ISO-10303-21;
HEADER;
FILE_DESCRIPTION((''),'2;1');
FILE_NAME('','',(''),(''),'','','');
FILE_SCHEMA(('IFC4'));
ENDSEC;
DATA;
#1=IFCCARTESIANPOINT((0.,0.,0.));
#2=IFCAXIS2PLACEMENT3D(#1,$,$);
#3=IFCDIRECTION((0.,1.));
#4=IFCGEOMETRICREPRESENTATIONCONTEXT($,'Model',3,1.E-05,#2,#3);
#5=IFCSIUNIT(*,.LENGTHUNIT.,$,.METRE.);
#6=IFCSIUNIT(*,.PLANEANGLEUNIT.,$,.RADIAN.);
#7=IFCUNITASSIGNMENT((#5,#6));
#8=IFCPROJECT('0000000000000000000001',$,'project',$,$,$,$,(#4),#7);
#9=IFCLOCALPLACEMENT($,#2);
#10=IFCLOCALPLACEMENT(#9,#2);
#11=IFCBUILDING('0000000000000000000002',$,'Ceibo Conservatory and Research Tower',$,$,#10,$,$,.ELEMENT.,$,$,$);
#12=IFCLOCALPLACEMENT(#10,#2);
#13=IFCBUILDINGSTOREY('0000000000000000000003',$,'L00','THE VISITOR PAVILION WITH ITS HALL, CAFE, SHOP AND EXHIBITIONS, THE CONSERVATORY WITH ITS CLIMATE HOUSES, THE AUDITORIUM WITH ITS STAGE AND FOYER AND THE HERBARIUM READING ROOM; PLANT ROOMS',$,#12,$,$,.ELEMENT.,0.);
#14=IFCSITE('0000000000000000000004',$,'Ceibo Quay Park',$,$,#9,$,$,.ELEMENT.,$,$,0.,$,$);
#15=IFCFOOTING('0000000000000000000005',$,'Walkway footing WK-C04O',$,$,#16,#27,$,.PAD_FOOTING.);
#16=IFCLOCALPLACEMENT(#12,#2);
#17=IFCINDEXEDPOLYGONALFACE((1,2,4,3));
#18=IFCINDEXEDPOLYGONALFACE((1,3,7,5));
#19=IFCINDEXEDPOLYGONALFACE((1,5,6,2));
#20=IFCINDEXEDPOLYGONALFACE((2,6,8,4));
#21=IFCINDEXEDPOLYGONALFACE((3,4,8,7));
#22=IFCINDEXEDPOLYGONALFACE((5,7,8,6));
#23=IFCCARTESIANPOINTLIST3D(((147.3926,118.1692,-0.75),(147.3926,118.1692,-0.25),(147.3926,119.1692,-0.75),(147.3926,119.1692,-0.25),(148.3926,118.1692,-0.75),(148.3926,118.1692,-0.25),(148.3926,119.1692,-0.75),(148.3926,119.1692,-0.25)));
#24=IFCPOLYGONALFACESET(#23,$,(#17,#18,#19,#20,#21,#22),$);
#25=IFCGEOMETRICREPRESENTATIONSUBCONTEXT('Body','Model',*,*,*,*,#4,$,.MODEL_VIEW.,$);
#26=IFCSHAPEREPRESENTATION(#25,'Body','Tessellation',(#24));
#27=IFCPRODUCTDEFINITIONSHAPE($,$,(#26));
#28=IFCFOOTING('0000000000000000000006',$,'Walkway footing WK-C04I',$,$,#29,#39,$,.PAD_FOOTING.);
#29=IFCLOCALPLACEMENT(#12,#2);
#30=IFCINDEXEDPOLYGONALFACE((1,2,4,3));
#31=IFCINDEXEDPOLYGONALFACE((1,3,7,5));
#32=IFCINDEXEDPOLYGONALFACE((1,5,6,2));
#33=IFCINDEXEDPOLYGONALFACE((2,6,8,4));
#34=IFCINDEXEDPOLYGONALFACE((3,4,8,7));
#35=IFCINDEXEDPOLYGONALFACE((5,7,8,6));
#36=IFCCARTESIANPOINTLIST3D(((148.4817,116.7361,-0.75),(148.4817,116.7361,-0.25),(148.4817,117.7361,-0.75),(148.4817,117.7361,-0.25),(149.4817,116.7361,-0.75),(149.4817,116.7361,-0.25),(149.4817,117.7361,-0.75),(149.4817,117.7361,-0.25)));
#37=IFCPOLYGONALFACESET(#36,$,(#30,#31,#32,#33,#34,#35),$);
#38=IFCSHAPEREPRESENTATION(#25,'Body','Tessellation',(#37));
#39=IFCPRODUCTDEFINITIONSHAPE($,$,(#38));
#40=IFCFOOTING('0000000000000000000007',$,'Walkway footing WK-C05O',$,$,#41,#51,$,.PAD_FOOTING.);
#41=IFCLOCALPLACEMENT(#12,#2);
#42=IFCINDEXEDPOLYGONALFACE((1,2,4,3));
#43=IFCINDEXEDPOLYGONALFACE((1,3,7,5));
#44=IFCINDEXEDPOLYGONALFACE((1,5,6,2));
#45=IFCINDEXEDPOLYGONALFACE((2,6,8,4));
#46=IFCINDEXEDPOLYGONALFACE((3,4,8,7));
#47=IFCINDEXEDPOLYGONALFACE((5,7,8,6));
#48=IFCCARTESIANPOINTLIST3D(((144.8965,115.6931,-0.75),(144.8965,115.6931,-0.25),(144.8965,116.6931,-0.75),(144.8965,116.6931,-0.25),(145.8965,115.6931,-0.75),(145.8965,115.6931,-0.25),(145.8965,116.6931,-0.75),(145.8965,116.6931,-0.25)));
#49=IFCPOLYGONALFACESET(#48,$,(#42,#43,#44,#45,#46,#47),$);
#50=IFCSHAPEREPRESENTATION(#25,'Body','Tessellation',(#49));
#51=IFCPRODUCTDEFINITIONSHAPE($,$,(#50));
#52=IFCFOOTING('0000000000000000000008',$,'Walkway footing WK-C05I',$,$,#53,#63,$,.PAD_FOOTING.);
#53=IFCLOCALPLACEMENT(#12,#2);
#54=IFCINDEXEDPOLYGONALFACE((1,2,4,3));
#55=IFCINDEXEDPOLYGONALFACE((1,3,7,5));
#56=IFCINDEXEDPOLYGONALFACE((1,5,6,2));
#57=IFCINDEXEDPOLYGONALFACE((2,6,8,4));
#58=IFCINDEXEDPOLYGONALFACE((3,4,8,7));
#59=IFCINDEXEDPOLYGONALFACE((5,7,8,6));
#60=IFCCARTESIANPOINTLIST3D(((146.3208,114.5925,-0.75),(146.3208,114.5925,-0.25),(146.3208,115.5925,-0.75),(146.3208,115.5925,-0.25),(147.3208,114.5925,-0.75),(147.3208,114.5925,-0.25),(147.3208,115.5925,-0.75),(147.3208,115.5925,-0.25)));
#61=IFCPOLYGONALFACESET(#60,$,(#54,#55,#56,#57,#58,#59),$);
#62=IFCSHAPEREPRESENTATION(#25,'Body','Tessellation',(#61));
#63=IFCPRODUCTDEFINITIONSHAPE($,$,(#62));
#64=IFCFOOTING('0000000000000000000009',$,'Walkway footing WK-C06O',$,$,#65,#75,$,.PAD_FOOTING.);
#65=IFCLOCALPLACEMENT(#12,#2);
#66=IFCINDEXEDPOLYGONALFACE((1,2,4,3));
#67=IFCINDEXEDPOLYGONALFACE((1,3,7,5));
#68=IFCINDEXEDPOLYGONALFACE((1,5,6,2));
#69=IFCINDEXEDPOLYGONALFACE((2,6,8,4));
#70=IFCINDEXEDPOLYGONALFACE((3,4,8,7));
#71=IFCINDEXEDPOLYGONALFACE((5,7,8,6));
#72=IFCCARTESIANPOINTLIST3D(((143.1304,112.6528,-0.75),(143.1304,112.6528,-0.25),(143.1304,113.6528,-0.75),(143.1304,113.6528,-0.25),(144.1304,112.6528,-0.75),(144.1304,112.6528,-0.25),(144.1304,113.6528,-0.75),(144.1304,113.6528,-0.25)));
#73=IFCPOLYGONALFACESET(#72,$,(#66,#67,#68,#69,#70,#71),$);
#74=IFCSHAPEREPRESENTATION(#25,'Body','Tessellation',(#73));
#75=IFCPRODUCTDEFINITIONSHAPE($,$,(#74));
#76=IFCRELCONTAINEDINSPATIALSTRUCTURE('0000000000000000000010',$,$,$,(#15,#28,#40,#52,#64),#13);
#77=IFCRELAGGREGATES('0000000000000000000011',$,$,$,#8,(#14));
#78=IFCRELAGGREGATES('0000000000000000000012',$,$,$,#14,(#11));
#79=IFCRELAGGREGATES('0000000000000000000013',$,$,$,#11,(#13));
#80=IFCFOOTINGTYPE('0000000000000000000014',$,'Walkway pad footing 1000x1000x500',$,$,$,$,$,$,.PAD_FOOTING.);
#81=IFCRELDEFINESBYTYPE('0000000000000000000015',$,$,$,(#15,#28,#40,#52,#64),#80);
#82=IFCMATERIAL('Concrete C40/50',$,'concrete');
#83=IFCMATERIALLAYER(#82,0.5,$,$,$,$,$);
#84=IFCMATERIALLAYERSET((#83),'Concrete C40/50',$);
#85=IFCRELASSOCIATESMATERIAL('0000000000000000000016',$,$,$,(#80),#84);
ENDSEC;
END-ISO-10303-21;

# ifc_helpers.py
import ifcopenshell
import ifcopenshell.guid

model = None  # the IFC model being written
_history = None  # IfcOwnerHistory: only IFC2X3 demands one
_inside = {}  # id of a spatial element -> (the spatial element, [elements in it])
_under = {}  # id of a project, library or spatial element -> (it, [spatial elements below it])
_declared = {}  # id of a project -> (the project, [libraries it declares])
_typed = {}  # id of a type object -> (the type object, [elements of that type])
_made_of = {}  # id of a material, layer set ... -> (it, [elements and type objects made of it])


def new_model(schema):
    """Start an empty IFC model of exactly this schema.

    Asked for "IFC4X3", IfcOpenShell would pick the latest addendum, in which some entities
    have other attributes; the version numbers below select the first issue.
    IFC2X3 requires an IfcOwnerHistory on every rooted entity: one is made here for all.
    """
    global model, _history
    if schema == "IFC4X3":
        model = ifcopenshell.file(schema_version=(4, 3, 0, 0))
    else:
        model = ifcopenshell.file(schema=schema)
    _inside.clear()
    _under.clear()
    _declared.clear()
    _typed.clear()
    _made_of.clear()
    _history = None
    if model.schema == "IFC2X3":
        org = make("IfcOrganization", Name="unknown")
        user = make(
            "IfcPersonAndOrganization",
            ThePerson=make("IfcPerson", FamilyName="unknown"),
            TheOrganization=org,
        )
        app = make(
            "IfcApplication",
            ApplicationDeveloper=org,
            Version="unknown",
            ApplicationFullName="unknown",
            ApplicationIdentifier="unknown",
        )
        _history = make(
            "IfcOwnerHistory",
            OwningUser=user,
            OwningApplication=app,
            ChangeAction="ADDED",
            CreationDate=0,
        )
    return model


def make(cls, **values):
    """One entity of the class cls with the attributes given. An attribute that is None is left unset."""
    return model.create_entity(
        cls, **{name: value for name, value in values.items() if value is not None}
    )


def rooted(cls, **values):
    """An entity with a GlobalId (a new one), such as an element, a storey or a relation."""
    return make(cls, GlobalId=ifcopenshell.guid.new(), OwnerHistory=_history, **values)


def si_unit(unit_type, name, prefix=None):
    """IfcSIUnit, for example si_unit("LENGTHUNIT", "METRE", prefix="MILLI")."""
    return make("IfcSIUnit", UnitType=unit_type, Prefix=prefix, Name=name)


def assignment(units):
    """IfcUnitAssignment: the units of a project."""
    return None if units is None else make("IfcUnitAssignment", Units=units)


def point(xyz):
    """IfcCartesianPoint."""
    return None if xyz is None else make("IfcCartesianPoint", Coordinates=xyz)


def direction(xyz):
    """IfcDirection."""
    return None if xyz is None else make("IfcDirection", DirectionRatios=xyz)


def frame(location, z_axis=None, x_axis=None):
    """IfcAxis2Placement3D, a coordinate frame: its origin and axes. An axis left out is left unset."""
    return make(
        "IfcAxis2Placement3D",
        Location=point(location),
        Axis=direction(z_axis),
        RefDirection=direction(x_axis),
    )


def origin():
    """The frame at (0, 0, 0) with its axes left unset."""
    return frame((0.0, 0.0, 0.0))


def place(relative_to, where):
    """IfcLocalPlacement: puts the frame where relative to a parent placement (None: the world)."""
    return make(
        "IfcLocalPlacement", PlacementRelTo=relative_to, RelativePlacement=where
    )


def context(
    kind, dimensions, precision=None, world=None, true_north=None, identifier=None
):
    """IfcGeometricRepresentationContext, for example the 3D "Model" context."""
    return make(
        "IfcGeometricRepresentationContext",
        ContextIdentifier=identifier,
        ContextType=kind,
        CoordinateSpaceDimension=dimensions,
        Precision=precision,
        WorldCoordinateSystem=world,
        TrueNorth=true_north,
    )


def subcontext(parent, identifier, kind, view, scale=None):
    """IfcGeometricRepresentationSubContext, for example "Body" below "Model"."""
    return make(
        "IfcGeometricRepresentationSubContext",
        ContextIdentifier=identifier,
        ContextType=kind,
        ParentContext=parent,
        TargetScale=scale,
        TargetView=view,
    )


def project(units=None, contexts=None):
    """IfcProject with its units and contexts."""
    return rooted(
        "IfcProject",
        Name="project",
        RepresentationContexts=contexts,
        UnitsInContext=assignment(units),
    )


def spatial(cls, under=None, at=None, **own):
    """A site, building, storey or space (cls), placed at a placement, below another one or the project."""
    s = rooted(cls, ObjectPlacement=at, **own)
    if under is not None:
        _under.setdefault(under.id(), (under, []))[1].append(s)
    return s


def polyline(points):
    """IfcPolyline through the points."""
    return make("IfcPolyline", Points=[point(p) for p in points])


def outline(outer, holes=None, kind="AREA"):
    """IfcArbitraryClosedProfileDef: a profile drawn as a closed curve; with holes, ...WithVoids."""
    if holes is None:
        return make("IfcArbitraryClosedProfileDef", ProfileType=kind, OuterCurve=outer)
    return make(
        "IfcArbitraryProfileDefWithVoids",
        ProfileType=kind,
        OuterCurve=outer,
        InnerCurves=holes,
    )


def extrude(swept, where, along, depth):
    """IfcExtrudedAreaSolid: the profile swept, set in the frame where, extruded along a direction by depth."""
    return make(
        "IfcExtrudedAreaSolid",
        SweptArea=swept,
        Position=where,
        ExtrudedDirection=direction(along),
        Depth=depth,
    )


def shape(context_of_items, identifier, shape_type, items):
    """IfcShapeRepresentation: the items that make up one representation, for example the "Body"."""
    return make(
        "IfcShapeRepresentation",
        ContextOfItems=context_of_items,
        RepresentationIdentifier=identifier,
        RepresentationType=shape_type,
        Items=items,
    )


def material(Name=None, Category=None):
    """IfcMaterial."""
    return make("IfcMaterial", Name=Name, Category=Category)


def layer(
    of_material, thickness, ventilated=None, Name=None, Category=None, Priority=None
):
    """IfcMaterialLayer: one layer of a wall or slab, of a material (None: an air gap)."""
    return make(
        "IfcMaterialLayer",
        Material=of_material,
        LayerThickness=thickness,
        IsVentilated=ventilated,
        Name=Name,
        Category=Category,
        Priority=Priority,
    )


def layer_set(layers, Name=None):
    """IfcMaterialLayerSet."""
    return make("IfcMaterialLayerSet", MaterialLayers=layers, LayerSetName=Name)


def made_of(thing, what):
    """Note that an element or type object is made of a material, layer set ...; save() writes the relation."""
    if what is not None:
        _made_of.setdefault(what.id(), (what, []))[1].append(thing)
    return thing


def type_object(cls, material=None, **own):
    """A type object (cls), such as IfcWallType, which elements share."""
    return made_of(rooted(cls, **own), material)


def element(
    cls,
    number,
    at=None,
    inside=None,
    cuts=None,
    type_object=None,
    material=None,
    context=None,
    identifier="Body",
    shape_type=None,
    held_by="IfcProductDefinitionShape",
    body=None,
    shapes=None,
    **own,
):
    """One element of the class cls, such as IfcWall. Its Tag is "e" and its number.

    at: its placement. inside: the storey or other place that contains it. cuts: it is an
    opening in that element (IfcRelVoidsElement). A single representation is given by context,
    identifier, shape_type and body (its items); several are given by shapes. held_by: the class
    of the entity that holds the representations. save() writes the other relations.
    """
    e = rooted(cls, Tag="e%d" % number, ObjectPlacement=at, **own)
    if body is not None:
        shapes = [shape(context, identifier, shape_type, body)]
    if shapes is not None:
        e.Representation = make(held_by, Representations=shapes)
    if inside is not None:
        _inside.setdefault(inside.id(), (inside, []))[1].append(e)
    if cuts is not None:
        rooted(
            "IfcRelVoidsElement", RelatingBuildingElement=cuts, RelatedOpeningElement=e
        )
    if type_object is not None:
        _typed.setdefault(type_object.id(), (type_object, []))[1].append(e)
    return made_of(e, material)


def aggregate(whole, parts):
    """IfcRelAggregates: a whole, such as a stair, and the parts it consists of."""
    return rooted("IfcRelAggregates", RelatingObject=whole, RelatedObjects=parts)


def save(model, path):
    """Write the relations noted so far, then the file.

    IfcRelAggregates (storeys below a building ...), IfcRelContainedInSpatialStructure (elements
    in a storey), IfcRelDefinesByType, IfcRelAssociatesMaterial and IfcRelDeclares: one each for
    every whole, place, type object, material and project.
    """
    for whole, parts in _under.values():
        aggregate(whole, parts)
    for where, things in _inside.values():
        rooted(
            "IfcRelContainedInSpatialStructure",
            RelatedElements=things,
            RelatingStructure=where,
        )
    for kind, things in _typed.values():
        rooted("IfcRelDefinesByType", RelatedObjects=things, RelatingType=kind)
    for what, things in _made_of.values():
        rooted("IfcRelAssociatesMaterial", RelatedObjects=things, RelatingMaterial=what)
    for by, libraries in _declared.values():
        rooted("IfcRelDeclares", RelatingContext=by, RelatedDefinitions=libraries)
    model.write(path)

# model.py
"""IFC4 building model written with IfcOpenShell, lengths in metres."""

from ifc_helpers import new_model, si_unit, direction, frame, origin, place, context, subcontext, project, spatial, polyline, outline, extrude, material, layer, layer_set, type_object, element, save


model = new_model("IFC4")

# Units and contexts
model_context = context("Model", 3, precision=1e-05, world=origin(), true_north=direction((0.0, 1.0)))
body_context = subcontext(model_context, "Body", "Model", "MODEL_VIEW")
ifc_project = project(units=[si_unit("LENGTHUNIT", "METRE"), si_unit("PLANEANGLEUNIT", "RADIAN")], contexts=[model_context])

# Site, building, storey
site_placement = place(None, origin())
site = spatial("IfcSite", under=ifc_project, at=site_placement, Name="Ceibo Quay Park", CompositionType="ELEMENT", RefElevation=0.0)
building_placement = place(site_placement, origin())
building = spatial("IfcBuilding", under=site, at=building_placement, Name="Ceibo Conservatory and Research Tower", CompositionType="ELEMENT")
storey_placement = place(building_placement, origin())
storey = spatial("IfcBuildingStorey", under=building, at=storey_placement, Name="L00", Description="THE VISITOR PAVILION WITH ITS HALL, CAFE, SHOP AND EXHIBITIONS, THE CONSERVATORY WITH ITS CLIMATE HOUSES, THE AUDITORIUM WITH ITS STAGE AND FOYER AND THE HERBARIUM READING ROOM; PLANT ROOMS", CompositionType="ELEMENT", Elevation=0.0)

# Footings
ifc_material_1 = material(Name="Concrete C40/50", Category="concrete")
ifc_layer_1 = layer(ifc_material_1, 0.5)
ifc_layer_set_1 = layer_set([ifc_layer_1], Name="Concrete C40/50")
footing_type_1 = type_object("IfcFootingType", Name="Walkway pad footing 1000x1000x500", PredefinedType="PAD_FOOTING", material=ifc_layer_set_1)
footing_1_placement = place(storey_placement, frame((0.0, 0.0, -0.75)))
element("IfcFooting", 1, at=footing_1_placement, inside=storey, type_object=footing_type_1, Name="Walkway footing WK-C04O", PredefinedType="PAD_FOOTING", context=body_context, shape_type="SweptSolid", body=[
    extrude(outline(polyline([(147.3926, 118.1692), (148.3926, 118.1692), (148.3926, 119.1692), (147.3926, 119.1692), (147.3926, 118.1692)])), origin(), (0.0, 0.0, 1.0), 0.5),
])
footing_2_placement = place(storey_placement, frame((0.0, 0.0, -0.75)))
element("IfcFooting", 2, at=footing_2_placement, inside=storey, type_object=footing_type_1, Name="Walkway footing WK-C04I", PredefinedType="PAD_FOOTING", context=body_context, shape_type="SweptSolid", body=[
    extrude(outline(polyline([(148.4817, 116.7361), (149.4817, 116.7361), (149.4817, 117.7361), (148.4817, 117.7361), (148.4817, 116.7361)])), origin(), (0.0, 0.0, 1.0), 0.5),
])
footing_3_placement = place(storey_placement, frame((0.0, 0.0, -0.75)))
element("IfcFooting", 3, at=footing_3_placement, inside=storey, type_object=footing_type_1, Name="Walkway footing WK-C05O", PredefinedType="PAD_FOOTING", context=body_context, shape_type="SweptSolid", body=[
    extrude(outline(polyline([(144.8965, 115.6931), (145.8965, 115.6931), (145.8965, 116.6931), (144.8965, 116.6931), (144.8965, 115.6931)])), origin(), (0.0, 0.0, 1.0), 0.5),
])
footing_4_placement = place(storey_placement, frame((0.0, 0.0, -0.75)))
element("IfcFooting", 4, at=footing_4_placement, inside=storey, type_object=footing_type_1, Name="Walkway footing WK-C05I", PredefinedType="PAD_FOOTING", context=body_context, shape_type="SweptSolid", body=[
    extrude(outline(polyline([(146.3208, 114.5925), (147.3208, 114.5925), (147.3208, 115.5925), (146.3208, 115.5925), (146.3208, 114.5925)])), origin(), (0.0, 0.0, 1.0), 0.5),
])
footing_5_placement = place(storey_placement, frame((0.0, 0.0, -0.75)))
element("IfcFooting", 5, at=footing_5_placement, inside=storey, type_object=footing_type_1, Name="Walkway footing WK-C06O", PredefinedType="PAD_FOOTING", context=body_context, shape_type="SweptSolid", body=[
    extrude(outline(polyline([(143.1304, 112.6528), (144.1304, 112.6528), (144.1304, 113.6528), (143.1304, 113.6528), (143.1304, 112.6528)])), origin(), (0.0, 0.0, 1.0), 0.5),
])

save(model, "model.ifc")
